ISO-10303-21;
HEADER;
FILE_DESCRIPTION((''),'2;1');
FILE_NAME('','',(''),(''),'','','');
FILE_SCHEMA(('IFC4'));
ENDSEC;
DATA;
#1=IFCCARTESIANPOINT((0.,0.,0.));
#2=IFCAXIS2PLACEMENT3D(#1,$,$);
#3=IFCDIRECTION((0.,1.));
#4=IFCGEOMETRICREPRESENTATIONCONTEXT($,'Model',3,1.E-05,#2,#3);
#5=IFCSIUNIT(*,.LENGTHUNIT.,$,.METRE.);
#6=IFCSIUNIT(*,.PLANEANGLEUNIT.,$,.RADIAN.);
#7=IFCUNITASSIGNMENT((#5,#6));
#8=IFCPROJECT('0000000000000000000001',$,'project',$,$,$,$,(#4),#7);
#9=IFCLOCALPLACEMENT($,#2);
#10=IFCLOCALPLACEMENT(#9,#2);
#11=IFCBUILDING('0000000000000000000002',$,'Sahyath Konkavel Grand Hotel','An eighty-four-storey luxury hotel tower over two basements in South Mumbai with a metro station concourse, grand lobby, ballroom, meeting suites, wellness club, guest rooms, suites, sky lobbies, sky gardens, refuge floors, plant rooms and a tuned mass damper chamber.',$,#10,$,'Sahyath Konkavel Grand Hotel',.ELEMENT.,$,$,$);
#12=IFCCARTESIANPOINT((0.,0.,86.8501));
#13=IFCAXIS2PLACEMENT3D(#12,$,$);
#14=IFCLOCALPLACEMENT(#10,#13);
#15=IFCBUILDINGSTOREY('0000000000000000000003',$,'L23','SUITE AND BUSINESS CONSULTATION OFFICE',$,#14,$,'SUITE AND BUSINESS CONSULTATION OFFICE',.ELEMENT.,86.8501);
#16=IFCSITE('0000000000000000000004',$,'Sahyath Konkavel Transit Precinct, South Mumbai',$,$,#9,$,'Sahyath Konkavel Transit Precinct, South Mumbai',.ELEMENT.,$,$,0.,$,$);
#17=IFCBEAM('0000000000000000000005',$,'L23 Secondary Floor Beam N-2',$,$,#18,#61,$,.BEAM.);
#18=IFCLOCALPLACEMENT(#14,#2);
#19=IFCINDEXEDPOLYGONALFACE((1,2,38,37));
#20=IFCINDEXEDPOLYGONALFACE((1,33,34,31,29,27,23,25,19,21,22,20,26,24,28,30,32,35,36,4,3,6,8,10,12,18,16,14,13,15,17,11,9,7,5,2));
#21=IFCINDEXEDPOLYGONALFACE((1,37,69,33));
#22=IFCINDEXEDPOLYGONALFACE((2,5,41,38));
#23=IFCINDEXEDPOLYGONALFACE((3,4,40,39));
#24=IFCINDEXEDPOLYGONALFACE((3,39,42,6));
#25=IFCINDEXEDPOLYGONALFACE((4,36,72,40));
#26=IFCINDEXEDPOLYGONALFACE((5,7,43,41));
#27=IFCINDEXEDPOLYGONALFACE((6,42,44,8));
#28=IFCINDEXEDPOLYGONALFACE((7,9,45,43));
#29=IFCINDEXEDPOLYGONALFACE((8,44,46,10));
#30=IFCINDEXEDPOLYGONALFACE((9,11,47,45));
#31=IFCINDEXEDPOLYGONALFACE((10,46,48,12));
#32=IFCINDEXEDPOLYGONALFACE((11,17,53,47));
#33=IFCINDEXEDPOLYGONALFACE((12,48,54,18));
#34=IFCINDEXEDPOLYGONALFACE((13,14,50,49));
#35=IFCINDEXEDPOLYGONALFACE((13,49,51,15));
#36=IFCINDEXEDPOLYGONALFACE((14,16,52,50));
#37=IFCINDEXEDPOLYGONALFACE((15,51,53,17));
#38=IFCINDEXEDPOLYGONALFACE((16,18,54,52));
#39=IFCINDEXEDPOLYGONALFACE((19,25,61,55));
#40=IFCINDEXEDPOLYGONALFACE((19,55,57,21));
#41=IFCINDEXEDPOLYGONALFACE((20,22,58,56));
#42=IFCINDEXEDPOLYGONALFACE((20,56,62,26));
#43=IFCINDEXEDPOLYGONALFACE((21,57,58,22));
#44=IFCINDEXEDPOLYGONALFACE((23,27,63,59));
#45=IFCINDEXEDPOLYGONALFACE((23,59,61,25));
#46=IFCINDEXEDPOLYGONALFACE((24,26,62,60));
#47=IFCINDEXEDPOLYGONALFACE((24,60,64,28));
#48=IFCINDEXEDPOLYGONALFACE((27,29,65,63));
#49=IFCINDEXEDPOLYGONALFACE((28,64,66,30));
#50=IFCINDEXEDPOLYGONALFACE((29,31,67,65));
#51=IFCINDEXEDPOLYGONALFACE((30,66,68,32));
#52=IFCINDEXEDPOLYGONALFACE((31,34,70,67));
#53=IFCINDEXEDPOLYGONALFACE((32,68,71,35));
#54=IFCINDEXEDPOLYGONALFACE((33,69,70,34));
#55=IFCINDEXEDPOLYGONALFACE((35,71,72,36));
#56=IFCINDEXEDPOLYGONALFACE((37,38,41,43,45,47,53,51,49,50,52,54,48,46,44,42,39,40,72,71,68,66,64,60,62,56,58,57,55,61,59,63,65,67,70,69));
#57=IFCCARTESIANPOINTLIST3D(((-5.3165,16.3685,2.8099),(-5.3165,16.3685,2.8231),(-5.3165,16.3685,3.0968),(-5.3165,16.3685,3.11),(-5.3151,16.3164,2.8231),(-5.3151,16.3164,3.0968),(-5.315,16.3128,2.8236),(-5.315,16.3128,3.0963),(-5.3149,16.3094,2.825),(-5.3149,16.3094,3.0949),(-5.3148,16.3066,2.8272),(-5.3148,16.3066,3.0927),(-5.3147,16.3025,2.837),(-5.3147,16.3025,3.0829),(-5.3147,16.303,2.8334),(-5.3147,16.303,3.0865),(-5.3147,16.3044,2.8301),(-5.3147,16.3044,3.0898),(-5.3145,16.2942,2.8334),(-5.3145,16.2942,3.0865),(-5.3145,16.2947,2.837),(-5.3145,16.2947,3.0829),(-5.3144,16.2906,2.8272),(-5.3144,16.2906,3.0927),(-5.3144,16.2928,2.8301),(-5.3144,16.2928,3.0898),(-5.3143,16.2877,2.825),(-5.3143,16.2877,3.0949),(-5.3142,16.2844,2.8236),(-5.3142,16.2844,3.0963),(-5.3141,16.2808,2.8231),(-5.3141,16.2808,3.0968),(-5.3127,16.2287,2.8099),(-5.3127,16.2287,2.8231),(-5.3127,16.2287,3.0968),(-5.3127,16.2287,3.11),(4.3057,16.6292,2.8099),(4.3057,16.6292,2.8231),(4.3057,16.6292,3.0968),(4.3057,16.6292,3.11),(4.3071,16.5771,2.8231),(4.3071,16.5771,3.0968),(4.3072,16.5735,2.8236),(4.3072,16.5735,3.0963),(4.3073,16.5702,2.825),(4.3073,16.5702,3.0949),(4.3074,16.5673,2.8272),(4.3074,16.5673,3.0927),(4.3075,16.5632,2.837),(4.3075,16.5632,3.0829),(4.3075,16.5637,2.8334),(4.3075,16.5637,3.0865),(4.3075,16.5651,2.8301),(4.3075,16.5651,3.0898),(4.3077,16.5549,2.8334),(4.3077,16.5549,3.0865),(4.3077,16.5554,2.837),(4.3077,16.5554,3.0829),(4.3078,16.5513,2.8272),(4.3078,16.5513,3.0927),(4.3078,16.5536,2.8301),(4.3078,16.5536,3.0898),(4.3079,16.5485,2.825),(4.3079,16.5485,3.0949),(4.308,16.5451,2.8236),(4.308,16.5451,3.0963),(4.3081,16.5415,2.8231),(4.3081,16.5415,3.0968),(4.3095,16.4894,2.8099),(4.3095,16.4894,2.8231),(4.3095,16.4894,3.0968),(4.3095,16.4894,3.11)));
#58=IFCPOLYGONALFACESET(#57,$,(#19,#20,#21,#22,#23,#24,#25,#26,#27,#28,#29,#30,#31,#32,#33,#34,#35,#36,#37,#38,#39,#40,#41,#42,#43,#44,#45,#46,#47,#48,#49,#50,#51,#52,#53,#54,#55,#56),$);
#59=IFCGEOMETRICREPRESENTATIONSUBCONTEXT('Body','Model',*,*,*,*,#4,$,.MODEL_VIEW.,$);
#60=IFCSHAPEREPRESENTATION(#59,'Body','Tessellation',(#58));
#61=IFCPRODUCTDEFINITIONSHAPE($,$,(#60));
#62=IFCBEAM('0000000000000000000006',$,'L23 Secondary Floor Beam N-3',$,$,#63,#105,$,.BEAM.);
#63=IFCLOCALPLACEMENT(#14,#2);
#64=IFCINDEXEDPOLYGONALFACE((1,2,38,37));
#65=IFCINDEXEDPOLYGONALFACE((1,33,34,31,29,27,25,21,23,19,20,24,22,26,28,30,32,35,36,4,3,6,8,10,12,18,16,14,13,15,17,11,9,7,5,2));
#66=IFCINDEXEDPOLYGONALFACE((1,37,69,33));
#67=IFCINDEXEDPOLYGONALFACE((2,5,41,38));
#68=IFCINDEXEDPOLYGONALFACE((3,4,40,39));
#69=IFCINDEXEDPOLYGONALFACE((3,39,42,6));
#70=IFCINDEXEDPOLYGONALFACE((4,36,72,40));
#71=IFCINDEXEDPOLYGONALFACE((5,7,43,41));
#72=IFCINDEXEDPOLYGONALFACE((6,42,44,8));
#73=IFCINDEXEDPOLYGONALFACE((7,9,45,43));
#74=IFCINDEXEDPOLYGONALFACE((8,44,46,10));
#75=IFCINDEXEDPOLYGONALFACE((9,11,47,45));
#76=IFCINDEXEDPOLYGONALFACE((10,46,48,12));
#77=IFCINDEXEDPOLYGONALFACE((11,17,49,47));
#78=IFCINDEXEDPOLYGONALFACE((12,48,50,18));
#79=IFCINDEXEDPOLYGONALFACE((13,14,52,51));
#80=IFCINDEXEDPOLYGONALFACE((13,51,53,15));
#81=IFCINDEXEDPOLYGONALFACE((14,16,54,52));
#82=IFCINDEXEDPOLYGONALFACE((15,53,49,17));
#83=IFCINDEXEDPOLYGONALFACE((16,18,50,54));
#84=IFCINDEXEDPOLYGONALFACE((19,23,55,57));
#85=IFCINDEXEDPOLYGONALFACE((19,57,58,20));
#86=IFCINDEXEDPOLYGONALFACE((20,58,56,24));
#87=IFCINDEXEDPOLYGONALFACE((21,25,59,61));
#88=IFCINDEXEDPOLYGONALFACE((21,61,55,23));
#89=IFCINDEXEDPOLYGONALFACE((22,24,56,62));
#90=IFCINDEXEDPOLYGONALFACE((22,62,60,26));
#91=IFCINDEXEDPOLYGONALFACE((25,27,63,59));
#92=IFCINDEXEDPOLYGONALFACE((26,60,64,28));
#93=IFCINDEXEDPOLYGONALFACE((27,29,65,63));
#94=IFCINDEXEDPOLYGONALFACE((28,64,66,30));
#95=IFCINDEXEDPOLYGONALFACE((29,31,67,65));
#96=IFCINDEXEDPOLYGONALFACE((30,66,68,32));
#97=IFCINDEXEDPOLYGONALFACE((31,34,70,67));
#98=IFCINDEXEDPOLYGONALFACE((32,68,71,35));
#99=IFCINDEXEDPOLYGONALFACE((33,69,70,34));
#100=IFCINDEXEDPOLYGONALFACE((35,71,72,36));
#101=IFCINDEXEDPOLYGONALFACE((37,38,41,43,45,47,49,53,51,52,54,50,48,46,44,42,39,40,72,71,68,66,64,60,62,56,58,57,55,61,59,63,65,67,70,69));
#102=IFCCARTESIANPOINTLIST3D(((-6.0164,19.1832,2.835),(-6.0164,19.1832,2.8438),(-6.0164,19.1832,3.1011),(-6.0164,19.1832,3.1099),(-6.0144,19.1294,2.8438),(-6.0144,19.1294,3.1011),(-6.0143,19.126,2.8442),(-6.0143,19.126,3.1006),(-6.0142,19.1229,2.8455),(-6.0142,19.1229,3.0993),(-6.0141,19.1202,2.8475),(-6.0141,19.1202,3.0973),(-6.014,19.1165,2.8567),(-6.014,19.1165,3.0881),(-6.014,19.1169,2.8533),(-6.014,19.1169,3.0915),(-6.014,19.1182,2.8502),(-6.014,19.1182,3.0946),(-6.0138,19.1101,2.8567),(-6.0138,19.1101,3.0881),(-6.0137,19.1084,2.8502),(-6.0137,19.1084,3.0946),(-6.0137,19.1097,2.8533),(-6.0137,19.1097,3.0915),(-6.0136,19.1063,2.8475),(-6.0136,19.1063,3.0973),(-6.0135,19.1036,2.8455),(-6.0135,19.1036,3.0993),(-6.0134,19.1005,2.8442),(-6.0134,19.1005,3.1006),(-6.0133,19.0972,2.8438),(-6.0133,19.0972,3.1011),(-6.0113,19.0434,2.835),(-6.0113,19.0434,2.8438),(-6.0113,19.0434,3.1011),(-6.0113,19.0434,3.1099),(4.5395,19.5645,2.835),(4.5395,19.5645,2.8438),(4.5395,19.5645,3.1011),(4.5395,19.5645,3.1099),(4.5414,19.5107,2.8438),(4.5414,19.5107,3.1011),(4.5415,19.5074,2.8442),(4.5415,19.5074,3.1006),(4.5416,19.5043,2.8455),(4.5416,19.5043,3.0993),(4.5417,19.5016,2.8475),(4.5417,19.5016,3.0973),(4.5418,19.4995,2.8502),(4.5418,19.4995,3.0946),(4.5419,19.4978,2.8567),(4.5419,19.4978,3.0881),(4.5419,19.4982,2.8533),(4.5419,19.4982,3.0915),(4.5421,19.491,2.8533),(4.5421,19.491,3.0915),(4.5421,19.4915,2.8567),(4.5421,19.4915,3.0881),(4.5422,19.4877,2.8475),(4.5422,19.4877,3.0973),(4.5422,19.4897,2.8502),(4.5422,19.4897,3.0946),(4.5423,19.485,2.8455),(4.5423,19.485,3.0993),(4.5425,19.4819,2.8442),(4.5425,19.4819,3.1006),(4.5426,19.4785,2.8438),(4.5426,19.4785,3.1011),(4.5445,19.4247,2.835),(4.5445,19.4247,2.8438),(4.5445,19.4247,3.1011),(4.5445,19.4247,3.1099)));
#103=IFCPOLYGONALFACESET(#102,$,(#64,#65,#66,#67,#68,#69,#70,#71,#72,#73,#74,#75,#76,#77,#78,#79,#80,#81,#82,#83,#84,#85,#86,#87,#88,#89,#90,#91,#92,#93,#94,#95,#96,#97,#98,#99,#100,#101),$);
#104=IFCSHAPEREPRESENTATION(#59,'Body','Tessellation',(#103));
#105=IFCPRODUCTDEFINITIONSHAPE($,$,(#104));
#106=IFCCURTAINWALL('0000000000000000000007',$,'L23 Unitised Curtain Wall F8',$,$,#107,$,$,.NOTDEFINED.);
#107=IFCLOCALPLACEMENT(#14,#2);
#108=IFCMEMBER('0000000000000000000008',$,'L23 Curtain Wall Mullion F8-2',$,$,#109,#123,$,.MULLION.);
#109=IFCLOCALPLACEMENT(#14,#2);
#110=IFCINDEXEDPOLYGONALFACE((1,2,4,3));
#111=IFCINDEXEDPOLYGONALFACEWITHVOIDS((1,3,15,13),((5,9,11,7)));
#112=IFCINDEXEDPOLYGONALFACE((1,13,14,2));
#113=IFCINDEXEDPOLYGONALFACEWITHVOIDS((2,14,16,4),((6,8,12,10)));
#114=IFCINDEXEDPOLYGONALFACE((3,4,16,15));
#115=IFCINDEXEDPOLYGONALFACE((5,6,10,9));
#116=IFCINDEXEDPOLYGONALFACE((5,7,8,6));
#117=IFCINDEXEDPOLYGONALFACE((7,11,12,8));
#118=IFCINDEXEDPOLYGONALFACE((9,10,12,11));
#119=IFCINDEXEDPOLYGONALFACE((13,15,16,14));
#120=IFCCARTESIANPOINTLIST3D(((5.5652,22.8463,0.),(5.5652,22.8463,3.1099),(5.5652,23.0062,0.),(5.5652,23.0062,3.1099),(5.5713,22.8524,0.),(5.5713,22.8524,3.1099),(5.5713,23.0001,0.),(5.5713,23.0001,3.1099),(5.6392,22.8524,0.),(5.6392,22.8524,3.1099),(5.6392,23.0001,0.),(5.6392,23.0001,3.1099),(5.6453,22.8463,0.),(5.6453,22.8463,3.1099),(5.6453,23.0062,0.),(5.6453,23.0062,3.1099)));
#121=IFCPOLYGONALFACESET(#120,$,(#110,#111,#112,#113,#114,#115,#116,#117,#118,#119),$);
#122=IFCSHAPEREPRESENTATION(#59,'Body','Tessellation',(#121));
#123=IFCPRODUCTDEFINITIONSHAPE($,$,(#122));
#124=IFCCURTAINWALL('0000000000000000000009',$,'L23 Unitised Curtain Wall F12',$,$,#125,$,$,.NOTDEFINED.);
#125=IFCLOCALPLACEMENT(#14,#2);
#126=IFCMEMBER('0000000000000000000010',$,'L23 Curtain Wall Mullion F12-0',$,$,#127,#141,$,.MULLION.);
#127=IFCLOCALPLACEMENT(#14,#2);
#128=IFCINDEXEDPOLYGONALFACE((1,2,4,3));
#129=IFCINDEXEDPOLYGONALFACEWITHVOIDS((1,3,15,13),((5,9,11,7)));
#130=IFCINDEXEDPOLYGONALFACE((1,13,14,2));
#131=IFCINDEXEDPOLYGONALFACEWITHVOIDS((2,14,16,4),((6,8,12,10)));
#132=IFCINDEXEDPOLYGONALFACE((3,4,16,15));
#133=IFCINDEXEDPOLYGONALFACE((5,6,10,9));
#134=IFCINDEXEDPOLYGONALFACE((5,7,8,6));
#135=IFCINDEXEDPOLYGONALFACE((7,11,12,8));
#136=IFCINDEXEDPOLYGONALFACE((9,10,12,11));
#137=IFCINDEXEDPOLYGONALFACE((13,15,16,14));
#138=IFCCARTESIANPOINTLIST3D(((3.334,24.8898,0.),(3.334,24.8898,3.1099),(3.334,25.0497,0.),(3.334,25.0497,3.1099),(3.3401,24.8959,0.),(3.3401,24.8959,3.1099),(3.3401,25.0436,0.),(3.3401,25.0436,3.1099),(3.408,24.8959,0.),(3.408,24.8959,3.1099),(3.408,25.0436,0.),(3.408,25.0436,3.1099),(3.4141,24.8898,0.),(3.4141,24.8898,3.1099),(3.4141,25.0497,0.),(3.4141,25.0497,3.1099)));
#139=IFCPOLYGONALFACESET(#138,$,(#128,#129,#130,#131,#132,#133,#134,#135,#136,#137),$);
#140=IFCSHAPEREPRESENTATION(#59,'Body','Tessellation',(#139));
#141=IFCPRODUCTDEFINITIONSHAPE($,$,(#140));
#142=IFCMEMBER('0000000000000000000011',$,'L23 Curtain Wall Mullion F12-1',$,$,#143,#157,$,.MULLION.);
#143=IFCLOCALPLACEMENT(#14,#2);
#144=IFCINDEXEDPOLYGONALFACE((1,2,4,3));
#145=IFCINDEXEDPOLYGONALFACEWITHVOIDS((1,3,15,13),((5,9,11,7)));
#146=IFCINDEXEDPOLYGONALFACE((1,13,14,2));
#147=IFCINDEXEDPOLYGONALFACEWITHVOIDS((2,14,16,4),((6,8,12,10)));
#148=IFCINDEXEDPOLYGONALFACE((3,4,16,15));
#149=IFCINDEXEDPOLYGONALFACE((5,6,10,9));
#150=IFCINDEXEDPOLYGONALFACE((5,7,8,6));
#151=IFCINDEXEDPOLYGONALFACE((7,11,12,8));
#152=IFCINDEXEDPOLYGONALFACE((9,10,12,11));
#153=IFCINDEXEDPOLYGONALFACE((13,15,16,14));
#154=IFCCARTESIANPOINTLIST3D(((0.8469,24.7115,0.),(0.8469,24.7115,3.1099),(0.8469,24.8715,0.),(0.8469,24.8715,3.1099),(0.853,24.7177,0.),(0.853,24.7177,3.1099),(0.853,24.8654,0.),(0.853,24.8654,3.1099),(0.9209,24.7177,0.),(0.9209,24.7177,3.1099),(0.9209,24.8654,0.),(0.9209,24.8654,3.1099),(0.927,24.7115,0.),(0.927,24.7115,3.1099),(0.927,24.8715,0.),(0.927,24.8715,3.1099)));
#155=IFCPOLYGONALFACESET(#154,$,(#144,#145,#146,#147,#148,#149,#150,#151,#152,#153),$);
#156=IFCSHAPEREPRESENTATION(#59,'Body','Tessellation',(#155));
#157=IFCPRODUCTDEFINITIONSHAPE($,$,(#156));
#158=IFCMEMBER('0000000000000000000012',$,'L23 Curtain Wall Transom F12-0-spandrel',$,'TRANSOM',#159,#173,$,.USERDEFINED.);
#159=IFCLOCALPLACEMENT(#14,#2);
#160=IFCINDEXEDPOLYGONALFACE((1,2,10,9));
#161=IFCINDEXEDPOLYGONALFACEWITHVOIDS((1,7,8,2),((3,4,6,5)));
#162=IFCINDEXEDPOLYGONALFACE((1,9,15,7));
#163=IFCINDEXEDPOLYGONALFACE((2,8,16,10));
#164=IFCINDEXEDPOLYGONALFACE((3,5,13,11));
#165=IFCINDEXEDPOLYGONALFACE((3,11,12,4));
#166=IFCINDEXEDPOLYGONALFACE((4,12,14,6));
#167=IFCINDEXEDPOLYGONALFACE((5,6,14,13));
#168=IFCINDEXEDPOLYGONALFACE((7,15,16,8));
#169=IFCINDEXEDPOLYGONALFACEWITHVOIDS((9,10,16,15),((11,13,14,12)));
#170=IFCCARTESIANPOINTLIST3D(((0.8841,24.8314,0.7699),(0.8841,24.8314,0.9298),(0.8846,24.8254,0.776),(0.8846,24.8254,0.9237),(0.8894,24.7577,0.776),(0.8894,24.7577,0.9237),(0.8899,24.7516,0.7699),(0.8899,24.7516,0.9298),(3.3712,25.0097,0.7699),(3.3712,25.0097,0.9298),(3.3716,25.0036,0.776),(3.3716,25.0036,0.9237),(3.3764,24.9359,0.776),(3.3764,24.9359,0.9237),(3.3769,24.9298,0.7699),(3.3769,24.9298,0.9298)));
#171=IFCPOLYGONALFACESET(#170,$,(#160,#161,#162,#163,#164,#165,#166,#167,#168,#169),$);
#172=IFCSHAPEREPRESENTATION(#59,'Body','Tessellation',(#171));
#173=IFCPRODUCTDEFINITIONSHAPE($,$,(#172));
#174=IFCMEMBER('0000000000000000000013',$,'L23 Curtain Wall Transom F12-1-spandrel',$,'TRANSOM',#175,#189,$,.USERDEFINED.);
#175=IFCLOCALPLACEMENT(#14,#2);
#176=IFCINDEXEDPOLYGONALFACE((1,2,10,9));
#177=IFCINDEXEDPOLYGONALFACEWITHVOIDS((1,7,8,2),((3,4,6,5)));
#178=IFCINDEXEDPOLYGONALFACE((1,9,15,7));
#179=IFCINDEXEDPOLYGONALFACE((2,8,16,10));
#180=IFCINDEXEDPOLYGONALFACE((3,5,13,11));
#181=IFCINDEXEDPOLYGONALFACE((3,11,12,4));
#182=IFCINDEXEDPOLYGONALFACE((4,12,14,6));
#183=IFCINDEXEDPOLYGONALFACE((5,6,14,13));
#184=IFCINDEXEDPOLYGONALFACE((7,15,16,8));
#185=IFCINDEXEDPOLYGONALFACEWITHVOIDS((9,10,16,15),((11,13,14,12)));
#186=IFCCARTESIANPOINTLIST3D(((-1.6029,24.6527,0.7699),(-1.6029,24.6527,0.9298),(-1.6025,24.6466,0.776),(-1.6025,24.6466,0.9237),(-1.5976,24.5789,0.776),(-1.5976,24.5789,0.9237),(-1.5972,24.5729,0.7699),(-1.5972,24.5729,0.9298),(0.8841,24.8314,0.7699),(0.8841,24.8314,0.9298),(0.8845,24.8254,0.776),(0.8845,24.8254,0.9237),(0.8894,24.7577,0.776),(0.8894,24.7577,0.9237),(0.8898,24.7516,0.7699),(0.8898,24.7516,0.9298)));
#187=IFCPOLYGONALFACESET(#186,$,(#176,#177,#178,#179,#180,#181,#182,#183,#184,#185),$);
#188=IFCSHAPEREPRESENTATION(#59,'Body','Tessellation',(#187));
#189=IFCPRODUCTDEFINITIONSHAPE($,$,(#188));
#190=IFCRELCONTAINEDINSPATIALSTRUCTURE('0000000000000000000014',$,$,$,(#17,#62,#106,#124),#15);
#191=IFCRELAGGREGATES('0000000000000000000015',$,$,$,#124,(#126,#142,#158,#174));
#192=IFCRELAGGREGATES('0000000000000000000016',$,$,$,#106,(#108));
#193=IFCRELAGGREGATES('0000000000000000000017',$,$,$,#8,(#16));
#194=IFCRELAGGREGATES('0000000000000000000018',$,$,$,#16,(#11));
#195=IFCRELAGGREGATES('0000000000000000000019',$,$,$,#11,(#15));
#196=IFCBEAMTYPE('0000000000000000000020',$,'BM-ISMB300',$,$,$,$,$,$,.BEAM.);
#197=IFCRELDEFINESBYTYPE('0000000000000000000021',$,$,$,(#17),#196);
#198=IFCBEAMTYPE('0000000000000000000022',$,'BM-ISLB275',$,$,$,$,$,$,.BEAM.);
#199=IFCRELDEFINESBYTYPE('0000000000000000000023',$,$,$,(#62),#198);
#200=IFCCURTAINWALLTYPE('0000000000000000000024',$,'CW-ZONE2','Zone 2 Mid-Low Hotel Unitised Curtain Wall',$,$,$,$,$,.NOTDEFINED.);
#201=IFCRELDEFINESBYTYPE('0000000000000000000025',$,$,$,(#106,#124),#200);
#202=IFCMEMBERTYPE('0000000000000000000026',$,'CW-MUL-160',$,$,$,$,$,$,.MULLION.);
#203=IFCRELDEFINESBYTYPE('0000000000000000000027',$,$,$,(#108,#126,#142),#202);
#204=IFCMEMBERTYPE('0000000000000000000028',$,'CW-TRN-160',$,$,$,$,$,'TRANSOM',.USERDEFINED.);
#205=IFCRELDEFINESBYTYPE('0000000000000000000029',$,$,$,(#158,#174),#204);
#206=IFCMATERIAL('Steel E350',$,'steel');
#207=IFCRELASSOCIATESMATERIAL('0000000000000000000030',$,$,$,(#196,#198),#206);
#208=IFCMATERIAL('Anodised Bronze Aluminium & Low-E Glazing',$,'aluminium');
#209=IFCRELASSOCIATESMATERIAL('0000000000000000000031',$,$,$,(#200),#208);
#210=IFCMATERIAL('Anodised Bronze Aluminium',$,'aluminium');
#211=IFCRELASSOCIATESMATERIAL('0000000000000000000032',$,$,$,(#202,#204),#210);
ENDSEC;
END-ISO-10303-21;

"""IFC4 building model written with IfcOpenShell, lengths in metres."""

from ifc_helpers import new_model, si_unit, direction, frame, origin, origin_2d, place, context, subcontext, project, spatial, hollow_rectangle, i_section, extrude, source, transform, mapped, material, material_profile, profile_set, type_object, element, aggregate, save


model = new_model("IFC4")

# Units and contexts
model_context = context("Model", 3, precision=1e-05, world=origin(), true_north=direction((0.0, 1.0)))
body_context = subcontext(model_context, "Body", "Model", "MODEL_VIEW")
ifc_project = project(units=[si_unit("LENGTHUNIT", "METRE"), si_unit("PLANEANGLEUNIT", "RADIAN")], contexts=[model_context])

# Site, building, storey
site_placement = place(None, origin())
site = spatial("IfcSite", under=ifc_project, at=site_placement, Name="Sahyath Konkavel Transit Precinct, South Mumbai", LongName="Sahyath Konkavel Transit Precinct, South Mumbai", CompositionType="ELEMENT", RefElevation=0.0)
building_placement = place(site_placement, origin())
building = spatial("IfcBuilding", under=site, at=building_placement, Name="Sahyath Konkavel Grand Hotel", Description="An eighty-four-storey luxury hotel tower over two basements in South Mumbai with a metro station concourse, grand lobby, ballroom, meeting suites, wellness club, guest rooms, suites, sky lobbies, sky gardens, refuge floors, plant rooms and a tuned mass damper chamber.", LongName="Sahyath Konkavel Grand Hotel", CompositionType="ELEMENT")
storey_placement = place(building_placement, frame((0.0, 0.0, 86.8501)))
storey = spatial("IfcBuildingStorey", under=building, at=storey_placement, Name="L23", Description="SUITE AND BUSINESS CONSULTATION OFFICE", LongName="SUITE AND BUSINESS CONSULTATION OFFICE", CompositionType="ELEMENT", Elevation=86.8501)

# Beams
ifc_material_1 = material(Name="Steel E350", Category="steel")
ifc_material_profile_1 = material_profile(ifc_material_1, i_section(OverallWidth=0.1399, OverallDepth=0.3, WebThickness=0.0078, FlangeThickness=0.0132, FilletRadius=0.0139, at=origin_2d()), Name="ISMB 300")
ifc_profile_set_1 = profile_set([ifc_material_profile_1], Name="Steel E350")
beam_type_1 = type_object("IfcBeamType", Name="BM-ISMB300", PredefinedType="BEAM", material=ifc_profile_set_1)
shared_shape_1 = source(origin(), body_context, "Body", "SweptSolid", [
    extrude(i_section(OverallWidth=0.1399, OverallDepth=0.3, WebThickness=0.0078, FlangeThickness=0.0132, FilletRadius=0.0139, at=origin_2d()), origin(), (0.0, 0.0, 1.0), 9.6257),
])
beam_1_placement = place(storey_placement, frame((4.3076, 16.5593, 2.96), z_axis=(-0.999633, -0.027088, 0.0), x_axis=(0.027088, -0.999633, 0.0)))
element("IfcBeam", 1, at=beam_1_placement, inside=storey, type_object=beam_type_1, Name="L23 Secondary Floor Beam N-2", PredefinedType="BEAM", context=body_context, shape_type="MappedRepresentation", body=[
    mapped(shared_shape_1, transform((0.0, 0.0, 0.0), scale=1.0)),
])
ifc_material_profile_2 = material_profile(ifc_material_1, i_section(OverallWidth=0.1399, OverallDepth=0.2749, WebThickness=0.0063, FlangeThickness=0.0088, FilletRadius=0.0129, at=origin_2d()), Name="ISLB 275")
ifc_profile_set_2 = profile_set([ifc_material_profile_2], Name="Steel E350")
beam_type_2 = type_object("IfcBeamType", Name="BM-ISLB275", PredefinedType="BEAM", material=ifc_profile_set_2)
shared_shape_2 = source(origin(), body_context, "Body", "SweptSolid", [
    extrude(i_section(OverallWidth=0.1399, OverallDepth=0.2749, WebThickness=0.0063, FlangeThickness=0.0088, FilletRadius=0.0129, at=origin_2d()), origin(), (0.0, 0.0, 1.0), 10.5627),
])
beam_2_placement = place(storey_placement, frame((4.542, 19.4946, 2.9724), z_axis=(-0.999348, -0.036103, 0.0), x_axis=(0.036103, -0.999348, 0.0)))
element("IfcBeam", 2, at=beam_2_placement, inside=storey, type_object=beam_type_2, Name="L23 Secondary Floor Beam N-3", PredefinedType="BEAM", context=body_context, shape_type="MappedRepresentation", body=[
    mapped(shared_shape_2, transform((0.0, 0.0, 0.0), scale=1.0)),
])

# Curtain wall, member
ifc_material_2 = material(Name="Anodised Bronze Aluminium & Low-E Glazing", Category="aluminium")
curtain_wall_type = type_object("IfcCurtainWallType", Name="CW-ZONE2", Description="Zone 2 Mid-Low Hotel Unitised Curtain Wall", PredefinedType="NOTDEFINED", material=ifc_material_2)
curtain_wall_1_placement = place(storey_placement, origin())
curtain_wall_1 = element("IfcCurtainWall", 3, at=curtain_wall_1_placement, inside=storey, type_object=curtain_wall_type, Name="L23 Unitised Curtain Wall F8", PredefinedType="NOTDEFINED")
ifc_material_3 = material(Name="Anodised Bronze Aluminium", Category="aluminium")
ifc_material_profile_3 = material_profile(ifc_material_3, hollow_rectangle(XDim=0.0801, YDim=0.1599, WallThickness=0.0061, at=origin_2d()), Name="RHS 160x80x6")
ifc_profile_set_3 = profile_set([ifc_material_profile_3], Name="Anodised Bronze Aluminium")
member_type_1 = type_object("IfcMemberType", Name="CW-MUL-160", PredefinedType="MULLION", material=ifc_profile_set_3)
shared_shape_3 = source(origin(), body_context, "Body", "SweptSolid", [
    extrude(hollow_rectangle(XDim=0.0801, YDim=0.1599, WallThickness=0.0061, at=origin_2d()), origin(), (0.0, 0.0, 1.0), 3.1099),
])
member_1_placement = place(storey_placement, frame((5.6052, 22.9263, 0.0), z_axis=(0.0, 0.0, 1.0), x_axis=(1.0, 0.0, 0.0)))
member_1 = element("IfcMember", 4, at=member_1_placement, type_object=member_type_1, Name="L23 Curtain Wall Mullion F8-2", PredefinedType="MULLION", context=body_context, shape_type="MappedRepresentation", body=[
    mapped(shared_shape_3, transform((0.0, 0.0, 0.0), scale=1.0)),
])

# Curtain wall, members
curtain_wall_2_placement = place(storey_placement, origin())
curtain_wall_2 = element("IfcCurtainWall", 5, at=curtain_wall_2_placement, inside=storey, type_object=curtain_wall_type, Name="L23 Unitised Curtain Wall F12", PredefinedType="NOTDEFINED")
member_2_placement = place(storey_placement, frame((3.374, 24.9697, 0.0), z_axis=(0.0, 0.0, 1.0), x_axis=(1.0, 0.0, 0.0)))
member_2 = element("IfcMember", 6, at=member_2_placement, type_object=member_type_1, Name="L23 Curtain Wall Mullion F12-0", PredefinedType="MULLION", context=body_context, shape_type="MappedRepresentation", body=[
    mapped(shared_shape_3, transform((0.0, 0.0, 0.0), scale=1.0)),
])
member_3_placement = place(storey_placement, frame((0.887, 24.7915, 0.0), z_axis=(0.0, 0.0, 1.0), x_axis=(1.0, 0.0, 0.0)))
member_3 = element("IfcMember", 7, at=member_3_placement, type_object=member_type_1, Name="L23 Curtain Wall Mullion F12-1", PredefinedType="MULLION", context=body_context, shape_type="MappedRepresentation", body=[
    mapped(shared_shape_3, transform((0.0, 0.0, 0.0), scale=1.0)),
])
ifc_material_profile_4 = material_profile(ifc_material_3, hollow_rectangle(XDim=0.0801, YDim=0.1599, WallThickness=0.0061, at=origin_2d()), Name="RHS 160x80x6")
ifc_profile_set_4 = profile_set([ifc_material_profile_4], Name="Anodised Bronze Aluminium")
member_type_2 = type_object("IfcMemberType", Name="CW-TRN-160", ElementType="TRANSOM", PredefinedType="USERDEFINED", material=ifc_profile_set_4)
shared_shape_4 = source(origin(), body_context, "Body", "SweptSolid", [
    extrude(hollow_rectangle(XDim=0.0801, YDim=0.1599, WallThickness=0.0061, at=origin_2d()), origin(), (0.0, 0.0, 1.0), 2.4934),
])
member_4_placement = place(storey_placement, frame((3.374, 24.9697, 0.8499), z_axis=(-0.997442, -0.071477, 0.0), x_axis=(0.071477, -0.997442, 0.0)))
member_4 = element("IfcMember", 8, at=member_4_placement, type_object=member_type_2, Name="L23 Curtain Wall Transom F12-0-spandrel", ObjectType="TRANSOM", PredefinedType="USERDEFINED", context=body_context, shape_type="MappedRepresentation", body=[
    mapped(shared_shape_4, transform((0.0, 0.0, 0.0), scale=1.0)),
])
member_5_placement = place(storey_placement, frame((0.887, 24.7915, 0.8499), z_axis=(-0.997428, -0.071671, 0.0), x_axis=(0.071671, -0.997428, 0.0)))
member_5 = element("IfcMember", 9, at=member_5_placement, type_object=member_type_2, Name="L23 Curtain Wall Transom F12-1-spandrel", ObjectType="TRANSOM", PredefinedType="USERDEFINED", context=body_context, shape_type="MappedRepresentation", body=[
    mapped(shared_shape_4, transform((0.0, 0.0, 0.0), scale=1.0)),
])

aggregate(curtain_wall_2, [member_2, member_3, member_4, member_5])
aggregate(curtain_wall_1, [member_1])

save(model, "model.ifc")
